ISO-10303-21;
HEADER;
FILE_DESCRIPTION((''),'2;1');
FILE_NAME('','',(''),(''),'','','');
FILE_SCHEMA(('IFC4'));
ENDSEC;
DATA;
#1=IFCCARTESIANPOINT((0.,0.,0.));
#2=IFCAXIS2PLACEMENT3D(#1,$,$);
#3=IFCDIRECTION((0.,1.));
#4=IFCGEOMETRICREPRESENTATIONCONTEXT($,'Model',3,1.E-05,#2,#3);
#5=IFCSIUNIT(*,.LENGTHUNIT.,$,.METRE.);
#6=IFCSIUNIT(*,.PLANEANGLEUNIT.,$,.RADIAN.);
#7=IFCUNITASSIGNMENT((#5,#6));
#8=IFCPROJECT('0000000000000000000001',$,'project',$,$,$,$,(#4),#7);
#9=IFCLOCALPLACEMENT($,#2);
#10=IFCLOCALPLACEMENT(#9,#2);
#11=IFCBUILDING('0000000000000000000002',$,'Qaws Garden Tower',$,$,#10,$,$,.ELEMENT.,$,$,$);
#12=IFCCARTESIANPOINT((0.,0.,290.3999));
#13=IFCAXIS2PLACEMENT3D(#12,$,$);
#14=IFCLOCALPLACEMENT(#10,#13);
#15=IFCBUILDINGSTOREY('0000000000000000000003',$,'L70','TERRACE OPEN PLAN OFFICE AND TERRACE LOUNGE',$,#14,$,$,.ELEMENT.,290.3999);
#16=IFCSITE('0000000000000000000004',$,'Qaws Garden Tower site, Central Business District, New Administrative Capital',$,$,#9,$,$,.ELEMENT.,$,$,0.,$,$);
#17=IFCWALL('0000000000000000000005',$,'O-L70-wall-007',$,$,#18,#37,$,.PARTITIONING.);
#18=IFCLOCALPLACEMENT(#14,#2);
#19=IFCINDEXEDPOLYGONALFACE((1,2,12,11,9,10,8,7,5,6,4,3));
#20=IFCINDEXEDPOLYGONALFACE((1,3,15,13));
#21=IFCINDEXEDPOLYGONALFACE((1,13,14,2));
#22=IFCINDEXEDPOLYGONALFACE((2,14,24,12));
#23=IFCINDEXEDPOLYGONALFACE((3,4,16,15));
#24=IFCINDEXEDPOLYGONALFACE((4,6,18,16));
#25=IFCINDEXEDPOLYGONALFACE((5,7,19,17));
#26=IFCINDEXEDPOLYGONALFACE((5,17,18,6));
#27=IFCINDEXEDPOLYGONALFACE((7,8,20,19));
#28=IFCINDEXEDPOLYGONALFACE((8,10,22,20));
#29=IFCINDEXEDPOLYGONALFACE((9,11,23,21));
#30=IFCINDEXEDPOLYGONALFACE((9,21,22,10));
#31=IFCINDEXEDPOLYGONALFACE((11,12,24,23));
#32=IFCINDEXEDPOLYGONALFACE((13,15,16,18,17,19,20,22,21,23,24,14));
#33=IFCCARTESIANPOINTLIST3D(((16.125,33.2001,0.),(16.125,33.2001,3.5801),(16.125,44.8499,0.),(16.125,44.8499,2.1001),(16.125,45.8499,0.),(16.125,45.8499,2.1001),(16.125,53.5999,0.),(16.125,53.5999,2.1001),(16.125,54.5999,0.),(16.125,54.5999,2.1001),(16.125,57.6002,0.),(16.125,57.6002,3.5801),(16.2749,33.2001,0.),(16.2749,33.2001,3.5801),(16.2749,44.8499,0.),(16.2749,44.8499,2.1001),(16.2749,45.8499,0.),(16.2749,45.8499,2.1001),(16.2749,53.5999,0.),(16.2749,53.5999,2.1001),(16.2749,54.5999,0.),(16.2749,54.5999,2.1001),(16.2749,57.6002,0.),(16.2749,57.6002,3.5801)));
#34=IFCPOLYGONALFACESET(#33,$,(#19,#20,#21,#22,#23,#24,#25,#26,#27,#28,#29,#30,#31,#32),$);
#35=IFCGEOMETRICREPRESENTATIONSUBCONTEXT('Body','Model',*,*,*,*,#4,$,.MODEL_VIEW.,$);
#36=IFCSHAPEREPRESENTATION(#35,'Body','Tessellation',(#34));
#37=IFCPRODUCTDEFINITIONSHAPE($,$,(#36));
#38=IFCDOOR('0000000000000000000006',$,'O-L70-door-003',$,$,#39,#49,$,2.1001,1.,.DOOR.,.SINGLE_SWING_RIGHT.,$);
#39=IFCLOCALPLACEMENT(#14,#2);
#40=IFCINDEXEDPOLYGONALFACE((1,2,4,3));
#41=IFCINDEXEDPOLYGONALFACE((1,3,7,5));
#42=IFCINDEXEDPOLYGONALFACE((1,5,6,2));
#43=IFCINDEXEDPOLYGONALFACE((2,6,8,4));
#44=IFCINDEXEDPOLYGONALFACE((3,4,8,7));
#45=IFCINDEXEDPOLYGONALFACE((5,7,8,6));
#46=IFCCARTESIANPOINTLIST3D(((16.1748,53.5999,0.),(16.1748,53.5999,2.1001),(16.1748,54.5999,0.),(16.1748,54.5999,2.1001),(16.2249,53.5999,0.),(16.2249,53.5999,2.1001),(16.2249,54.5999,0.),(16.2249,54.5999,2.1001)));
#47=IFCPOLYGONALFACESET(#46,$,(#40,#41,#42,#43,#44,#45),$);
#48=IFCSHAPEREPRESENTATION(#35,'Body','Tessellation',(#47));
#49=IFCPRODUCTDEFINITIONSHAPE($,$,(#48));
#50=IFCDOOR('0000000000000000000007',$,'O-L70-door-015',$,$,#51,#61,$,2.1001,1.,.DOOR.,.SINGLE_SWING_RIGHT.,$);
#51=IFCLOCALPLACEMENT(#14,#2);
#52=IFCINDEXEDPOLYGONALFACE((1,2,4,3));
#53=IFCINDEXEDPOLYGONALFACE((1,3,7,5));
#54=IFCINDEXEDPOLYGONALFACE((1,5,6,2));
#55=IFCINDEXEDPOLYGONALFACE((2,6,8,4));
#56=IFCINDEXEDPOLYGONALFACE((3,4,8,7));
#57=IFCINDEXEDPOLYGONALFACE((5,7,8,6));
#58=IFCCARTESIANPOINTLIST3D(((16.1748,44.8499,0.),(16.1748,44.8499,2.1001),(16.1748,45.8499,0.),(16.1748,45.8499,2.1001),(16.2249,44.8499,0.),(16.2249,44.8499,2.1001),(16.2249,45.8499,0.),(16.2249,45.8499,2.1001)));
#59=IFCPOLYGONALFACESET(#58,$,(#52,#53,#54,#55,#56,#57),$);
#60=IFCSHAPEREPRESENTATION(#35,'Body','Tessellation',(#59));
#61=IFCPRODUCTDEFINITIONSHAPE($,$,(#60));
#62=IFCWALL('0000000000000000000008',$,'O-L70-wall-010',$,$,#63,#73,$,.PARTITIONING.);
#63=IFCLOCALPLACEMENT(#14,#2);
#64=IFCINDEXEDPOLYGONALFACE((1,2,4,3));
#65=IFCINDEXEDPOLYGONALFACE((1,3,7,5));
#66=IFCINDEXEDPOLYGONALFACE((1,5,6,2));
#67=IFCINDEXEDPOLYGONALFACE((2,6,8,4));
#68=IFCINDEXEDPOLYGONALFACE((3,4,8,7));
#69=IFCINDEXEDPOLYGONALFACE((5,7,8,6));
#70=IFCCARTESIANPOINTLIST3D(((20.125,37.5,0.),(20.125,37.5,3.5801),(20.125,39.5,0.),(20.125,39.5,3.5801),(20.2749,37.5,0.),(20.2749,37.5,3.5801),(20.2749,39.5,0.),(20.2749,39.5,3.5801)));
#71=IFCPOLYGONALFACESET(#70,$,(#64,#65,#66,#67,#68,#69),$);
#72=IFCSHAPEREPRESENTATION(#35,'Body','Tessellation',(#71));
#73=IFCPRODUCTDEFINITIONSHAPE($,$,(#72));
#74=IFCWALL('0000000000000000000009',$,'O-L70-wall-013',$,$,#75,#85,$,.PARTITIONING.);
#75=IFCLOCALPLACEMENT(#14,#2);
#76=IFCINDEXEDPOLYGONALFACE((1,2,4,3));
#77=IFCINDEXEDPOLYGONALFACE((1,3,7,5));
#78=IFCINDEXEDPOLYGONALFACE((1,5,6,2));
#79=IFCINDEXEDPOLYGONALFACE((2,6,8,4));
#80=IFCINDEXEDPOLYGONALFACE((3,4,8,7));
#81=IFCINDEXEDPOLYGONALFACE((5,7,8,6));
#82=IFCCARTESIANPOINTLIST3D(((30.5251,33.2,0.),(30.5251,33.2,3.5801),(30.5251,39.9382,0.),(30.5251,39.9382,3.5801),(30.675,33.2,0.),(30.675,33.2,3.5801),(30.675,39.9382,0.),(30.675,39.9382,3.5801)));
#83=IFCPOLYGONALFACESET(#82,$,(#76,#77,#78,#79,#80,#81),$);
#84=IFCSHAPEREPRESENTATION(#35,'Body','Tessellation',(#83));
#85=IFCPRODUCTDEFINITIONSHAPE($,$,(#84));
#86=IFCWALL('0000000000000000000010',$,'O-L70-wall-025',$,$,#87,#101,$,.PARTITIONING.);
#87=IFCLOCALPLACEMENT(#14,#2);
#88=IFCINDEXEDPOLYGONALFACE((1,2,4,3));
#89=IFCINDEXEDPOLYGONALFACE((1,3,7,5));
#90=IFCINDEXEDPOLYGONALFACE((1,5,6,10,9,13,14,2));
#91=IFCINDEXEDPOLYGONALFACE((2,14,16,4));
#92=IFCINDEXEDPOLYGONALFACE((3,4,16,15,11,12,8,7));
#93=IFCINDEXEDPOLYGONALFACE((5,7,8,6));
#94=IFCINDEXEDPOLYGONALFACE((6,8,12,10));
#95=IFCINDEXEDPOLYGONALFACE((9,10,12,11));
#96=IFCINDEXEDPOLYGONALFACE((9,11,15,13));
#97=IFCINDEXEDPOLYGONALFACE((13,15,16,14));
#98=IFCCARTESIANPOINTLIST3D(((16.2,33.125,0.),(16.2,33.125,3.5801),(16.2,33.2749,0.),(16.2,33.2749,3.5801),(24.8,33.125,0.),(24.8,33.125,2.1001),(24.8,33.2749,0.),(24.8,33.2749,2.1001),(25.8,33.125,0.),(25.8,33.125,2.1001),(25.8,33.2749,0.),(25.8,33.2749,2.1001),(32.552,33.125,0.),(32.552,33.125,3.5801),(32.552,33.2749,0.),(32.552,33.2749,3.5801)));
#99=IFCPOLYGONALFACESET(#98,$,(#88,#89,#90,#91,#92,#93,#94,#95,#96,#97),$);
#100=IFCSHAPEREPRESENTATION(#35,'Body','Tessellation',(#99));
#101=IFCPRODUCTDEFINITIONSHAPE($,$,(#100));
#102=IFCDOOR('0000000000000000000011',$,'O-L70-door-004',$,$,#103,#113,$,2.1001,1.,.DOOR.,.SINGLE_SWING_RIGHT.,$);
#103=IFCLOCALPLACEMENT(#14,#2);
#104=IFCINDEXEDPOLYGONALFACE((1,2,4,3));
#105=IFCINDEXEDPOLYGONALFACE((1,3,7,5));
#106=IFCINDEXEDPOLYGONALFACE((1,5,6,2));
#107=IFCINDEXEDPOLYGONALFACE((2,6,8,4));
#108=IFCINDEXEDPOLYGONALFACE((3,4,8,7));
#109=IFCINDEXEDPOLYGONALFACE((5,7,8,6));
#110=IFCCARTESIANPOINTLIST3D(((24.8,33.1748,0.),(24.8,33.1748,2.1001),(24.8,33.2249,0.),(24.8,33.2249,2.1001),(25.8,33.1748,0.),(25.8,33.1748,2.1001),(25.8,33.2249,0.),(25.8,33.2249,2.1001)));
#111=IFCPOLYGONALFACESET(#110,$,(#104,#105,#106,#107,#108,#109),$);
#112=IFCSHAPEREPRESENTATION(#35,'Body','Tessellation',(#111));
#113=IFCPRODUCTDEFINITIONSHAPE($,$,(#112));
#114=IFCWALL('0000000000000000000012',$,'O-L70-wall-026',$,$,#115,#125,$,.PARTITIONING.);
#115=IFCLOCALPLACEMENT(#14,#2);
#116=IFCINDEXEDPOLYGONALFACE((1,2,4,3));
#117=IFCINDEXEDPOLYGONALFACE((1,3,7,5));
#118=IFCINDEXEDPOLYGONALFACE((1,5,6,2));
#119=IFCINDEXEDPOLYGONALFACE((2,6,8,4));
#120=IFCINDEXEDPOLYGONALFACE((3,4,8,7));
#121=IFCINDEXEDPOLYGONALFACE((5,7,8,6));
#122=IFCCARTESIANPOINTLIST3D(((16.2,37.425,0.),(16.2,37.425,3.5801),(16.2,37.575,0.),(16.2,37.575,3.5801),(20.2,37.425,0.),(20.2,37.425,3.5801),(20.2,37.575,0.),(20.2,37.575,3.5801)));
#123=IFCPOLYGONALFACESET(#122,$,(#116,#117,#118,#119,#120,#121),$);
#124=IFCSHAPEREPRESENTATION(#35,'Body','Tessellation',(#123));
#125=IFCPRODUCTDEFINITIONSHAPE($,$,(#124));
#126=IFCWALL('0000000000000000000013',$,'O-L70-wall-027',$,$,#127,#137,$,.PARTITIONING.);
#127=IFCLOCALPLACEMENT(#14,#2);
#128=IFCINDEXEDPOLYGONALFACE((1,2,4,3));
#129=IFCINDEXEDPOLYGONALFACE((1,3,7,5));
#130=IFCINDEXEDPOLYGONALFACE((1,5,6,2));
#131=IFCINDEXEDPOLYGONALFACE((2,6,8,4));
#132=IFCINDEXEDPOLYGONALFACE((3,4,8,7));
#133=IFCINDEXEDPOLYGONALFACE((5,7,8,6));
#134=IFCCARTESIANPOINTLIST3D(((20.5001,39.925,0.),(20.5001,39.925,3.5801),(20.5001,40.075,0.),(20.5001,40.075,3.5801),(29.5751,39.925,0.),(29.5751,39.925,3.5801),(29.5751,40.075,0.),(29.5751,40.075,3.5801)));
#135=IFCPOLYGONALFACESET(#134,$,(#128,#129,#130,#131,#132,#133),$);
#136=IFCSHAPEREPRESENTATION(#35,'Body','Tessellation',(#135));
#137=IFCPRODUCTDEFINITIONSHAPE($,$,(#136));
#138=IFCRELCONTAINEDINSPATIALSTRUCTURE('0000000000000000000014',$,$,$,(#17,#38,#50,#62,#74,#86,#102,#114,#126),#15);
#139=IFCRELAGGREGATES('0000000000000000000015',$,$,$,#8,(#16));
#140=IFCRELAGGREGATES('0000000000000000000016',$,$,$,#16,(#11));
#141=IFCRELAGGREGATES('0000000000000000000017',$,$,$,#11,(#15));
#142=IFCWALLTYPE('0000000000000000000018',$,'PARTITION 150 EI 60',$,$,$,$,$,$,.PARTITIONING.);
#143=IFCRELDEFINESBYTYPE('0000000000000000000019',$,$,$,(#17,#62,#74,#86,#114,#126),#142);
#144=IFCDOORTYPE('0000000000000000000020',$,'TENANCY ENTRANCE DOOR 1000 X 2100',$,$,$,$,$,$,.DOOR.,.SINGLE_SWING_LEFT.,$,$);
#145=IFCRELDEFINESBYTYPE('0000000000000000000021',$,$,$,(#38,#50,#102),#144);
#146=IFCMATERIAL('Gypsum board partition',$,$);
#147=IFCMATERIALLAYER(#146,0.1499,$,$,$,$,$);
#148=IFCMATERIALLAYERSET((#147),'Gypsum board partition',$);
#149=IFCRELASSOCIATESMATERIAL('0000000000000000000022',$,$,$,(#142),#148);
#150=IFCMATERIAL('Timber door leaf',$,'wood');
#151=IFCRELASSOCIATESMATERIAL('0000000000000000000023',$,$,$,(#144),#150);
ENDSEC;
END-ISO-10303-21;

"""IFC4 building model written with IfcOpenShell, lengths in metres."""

from ifc_helpers import new_model, si_unit, direction, frame, frame_2d, origin, place, context, subcontext, project, spatial, rectangle, extrude, material, layer, layer_set, type_object, element, fill, save


model = new_model("IFC4")

# Units and contexts
model_context = context("Model", 3, precision=1e-05, world=origin(), true_north=direction((0.0, 1.0)))
body_context = subcontext(model_context, "Body", "Model", "MODEL_VIEW")
ifc_project = project(units=[si_unit("LENGTHUNIT", "METRE"), si_unit("PLANEANGLEUNIT", "RADIAN")], contexts=[model_context])

# Site, building, storey
site_placement = place(None, origin())
site = spatial("IfcSite", under=ifc_project, at=site_placement, Name="Qaws Garden Tower site, Central Business District, New Administrative Capital", CompositionType="ELEMENT", RefElevation=0.0)
building_placement = place(site_placement, origin())
building = spatial("IfcBuilding", under=site, at=building_placement, Name="Qaws Garden Tower", CompositionType="ELEMENT")
storey_placement = place(building_placement, frame((0.0, 0.0, 290.3999)))
storey = spatial("IfcBuildingStorey", under=building, at=storey_placement, Name="L70", Description="TERRACE OPEN PLAN OFFICE AND TERRACE LOUNGE", CompositionType="ELEMENT", Elevation=290.3999)

# Wall, openings, doors
ifc_material_1 = material(Name="Gypsum board partition")
ifc_layer_1 = layer(ifc_material_1, 0.1499)
ifc_layer_set_1 = layer_set([ifc_layer_1], Name="Gypsum board partition")
wall_type_1 = type_object("IfcWallType", Name="PARTITION 150 EI 60", PredefinedType="PARTITIONING", material=ifc_layer_set_1)
wall_1_placement = place(storey_placement, frame((16.2, 33.2, 0.0), z_axis=(0.0, 0.0, 1.0), x_axis=(0.0, 1.0, 0.0)))
wall_1 = element("IfcWall", 1, at=wall_1_placement, inside=storey, type_object=wall_type_1, Name="O-L70-wall-007", PredefinedType="PARTITIONING", context=body_context, shape_type="SweptSolid", body=[
    extrude(rectangle(XDim=24.4001, YDim=0.1499, at=frame_2d((12.2002, 0.0))), origin(), (0.0, 0.0, 1.0), 3.5801),
])
opening_1_placement = place(wall_1_placement, frame((20.3999, 0.0, 0.0)))
opening_1 = element("IfcOpeningElement", 2, at=opening_1_placement, cuts=wall_1, PredefinedType="OPENING", context=body_context, shape_type="SweptSolid", body=[
    extrude(rectangle(XDim=1.0, YDim=2.1001, at=frame_2d((0.5, 1.05))), frame((0.0, 0.085, 0.0), z_axis=(0.0, -1.0, 0.0), x_axis=(1.0, 0.0, 0.0)), (0.0, 0.0, 1.0), 0.1699),
])
opening_2_placement = place(wall_1_placement, frame((11.6499, 0.0, 0.0)))
opening_2 = element("IfcOpeningElement", 3, at=opening_2_placement, cuts=wall_1, PredefinedType="OPENING", context=body_context, shape_type="SweptSolid", body=[
    extrude(rectangle(XDim=1.0, YDim=2.1001, at=frame_2d((0.5, 1.05))), frame((0.0, 0.085, 0.0), z_axis=(0.0, -1.0, 0.0), x_axis=(1.0, 0.0, 0.0)), (0.0, 0.0, 1.0), 0.1699),
])
ifc_material_2 = material(Name="Timber door leaf", Category="wood")
door_type_1 = type_object("IfcDoorType", Name="TENANCY ENTRANCE DOOR 1000 X 2100", OperationType="SINGLE_SWING_LEFT", PredefinedType="DOOR", material=ifc_material_2)
door_1_placement = place(opening_1_placement, frame((1.0, 0.0, 0.0), z_axis=(0.0, 0.0, 1.0), x_axis=(-1.0, 0.0, 0.0)))
door_1 = element("IfcDoor", 4, at=door_1_placement, inside=storey, type_object=door_type_1, Name="O-L70-door-003", OperationType="SINGLE_SWING_RIGHT", OverallHeight=2.1001, OverallWidth=1.0, PredefinedType="DOOR", context=body_context, shape_type="SweptSolid", body=[
    extrude(rectangle(XDim=1.0, YDim=2.1001, at=frame_2d((0.5, 1.05))), frame((0.0, 0.0249, 0.0), z_axis=(0.0, -1.0, 0.0), x_axis=(1.0, 0.0, 0.0)), (0.0, 0.0, 1.0), 0.05),
])
fill(opening_1, door_1)
door_2_placement = place(opening_2_placement, frame((1.0, 0.0, 0.0), z_axis=(0.0, 0.0, 1.0), x_axis=(-1.0, 0.0, 0.0)))
door_2 = element("IfcDoor", 5, at=door_2_placement, inside=storey, type_object=door_type_1, Name="O-L70-door-015", OperationType="SINGLE_SWING_RIGHT", OverallHeight=2.1001, OverallWidth=1.0, PredefinedType="DOOR", context=body_context, shape_type="SweptSolid", body=[
    extrude(rectangle(XDim=1.0, YDim=2.1001, at=frame_2d((0.5, 1.05))), frame((0.0, 0.0249, 0.0), z_axis=(0.0, -1.0, 0.0), x_axis=(1.0, 0.0, 0.0)), (0.0, 0.0, 1.0), 0.05),
])
fill(opening_2, door_2)

# Walls
wall_2_placement = place(storey_placement, frame((20.2, 37.5, 0.0), z_axis=(0.0, 0.0, 1.0), x_axis=(0.0, 1.0, 0.0)))
element("IfcWall", 6, at=wall_2_placement, inside=storey, type_object=wall_type_1, Name="O-L70-wall-010", PredefinedType="PARTITIONING", context=body_context, shape_type="SweptSolid", body=[
    extrude(rectangle(XDim=2.0, YDim=0.1499, at=frame_2d((1.0, 0.0))), origin(), (0.0, 0.0, 1.0), 3.5801),
])
wall_3_placement = place(storey_placement, frame((30.6001, 33.2, 0.0), z_axis=(0.0, 0.0, 1.0), x_axis=(0.0, 1.0, 0.0)))
element("IfcWall", 7, at=wall_3_placement, inside=storey, type_object=wall_type_1, Name="O-L70-wall-013", PredefinedType="PARTITIONING", context=body_context, shape_type="SweptSolid", body=[
    extrude(rectangle(XDim=6.7383, YDim=0.1499, at=frame_2d((3.3691, 0.0))), origin(), (0.0, 0.0, 1.0), 3.5801),
])

# Wall, opening, door
wall_4_placement = place(storey_placement, frame((16.2, 33.2, 0.0), z_axis=(0.0, 0.0, 1.0), x_axis=(1.0, 0.0, 0.0)))
wall_4 = element("IfcWall", 8, at=wall_4_placement, inside=storey, type_object=wall_type_1, Name="O-L70-wall-025", PredefinedType="PARTITIONING", context=body_context, shape_type="SweptSolid", body=[
    extrude(rectangle(XDim=16.3521, YDim=0.1499, at=frame_2d((8.176, 0.0))), origin(), (0.0, 0.0, 1.0), 3.5801),
])
opening_3_placement = place(wall_4_placement, frame((8.6001, 0.0, 0.0)))
opening_3 = element("IfcOpeningElement", 9, at=opening_3_placement, cuts=wall_4, PredefinedType="OPENING", context=body_context, shape_type="SweptSolid", body=[
    extrude(rectangle(XDim=1.0, YDim=2.1001, at=frame_2d((0.5, 1.05))), frame((0.0, 0.085, 0.0), z_axis=(0.0, -1.0, 0.0), x_axis=(1.0, 0.0, 0.0)), (0.0, 0.0, 1.0), 0.1699),
])
door_3_placement = place(opening_3_placement, origin())
door_3 = element("IfcDoor", 10, at=door_3_placement, inside=storey, type_object=door_type_1, Name="O-L70-door-004", OperationType="SINGLE_SWING_RIGHT", OverallHeight=2.1001, OverallWidth=1.0, PredefinedType="DOOR", context=body_context, shape_type="SweptSolid", body=[
    extrude(rectangle(XDim=1.0, YDim=2.1001, at=frame_2d((0.5, 1.05))), frame((0.0, 0.0249, 0.0), z_axis=(0.0, -1.0, 0.0), x_axis=(1.0, 0.0, 0.0)), (0.0, 0.0, 1.0), 0.05),
])
fill(opening_3, door_3)

# Walls
wall_5_placement = place(storey_placement, frame((16.2, 37.5, 0.0), z_axis=(0.0, 0.0, 1.0), x_axis=(1.0, 0.0, 0.0)))
element("IfcWall", 11, at=wall_5_placement, inside=storey, type_object=wall_type_1, Name="O-L70-wall-026", PredefinedType="PARTITIONING", context=body_context, shape_type="SweptSolid", body=[
    extrude(rectangle(XDim=4.0, YDim=0.1499, at=frame_2d((2.0, 0.0))), origin(), (0.0, 0.0, 1.0), 3.5801),
])
wall_6_placement = place(storey_placement, frame((20.5, 40.0, 0.0), z_axis=(0.0, 0.0, 1.0), x_axis=(1.0, 0.0, 0.0)))
element("IfcWall", 12, at=wall_6_placement, inside=storey, type_object=wall_type_1, Name="O-L70-wall-027", PredefinedType="PARTITIONING", context=body_context, shape_type="SweptSolid", body=[
    extrude(rectangle(XDim=9.075, YDim=0.1499, at=frame_2d((4.5376, 0.0))), origin(), (0.0, 0.0, 1.0), 3.5801),
])

save(model, "model.ifc")
